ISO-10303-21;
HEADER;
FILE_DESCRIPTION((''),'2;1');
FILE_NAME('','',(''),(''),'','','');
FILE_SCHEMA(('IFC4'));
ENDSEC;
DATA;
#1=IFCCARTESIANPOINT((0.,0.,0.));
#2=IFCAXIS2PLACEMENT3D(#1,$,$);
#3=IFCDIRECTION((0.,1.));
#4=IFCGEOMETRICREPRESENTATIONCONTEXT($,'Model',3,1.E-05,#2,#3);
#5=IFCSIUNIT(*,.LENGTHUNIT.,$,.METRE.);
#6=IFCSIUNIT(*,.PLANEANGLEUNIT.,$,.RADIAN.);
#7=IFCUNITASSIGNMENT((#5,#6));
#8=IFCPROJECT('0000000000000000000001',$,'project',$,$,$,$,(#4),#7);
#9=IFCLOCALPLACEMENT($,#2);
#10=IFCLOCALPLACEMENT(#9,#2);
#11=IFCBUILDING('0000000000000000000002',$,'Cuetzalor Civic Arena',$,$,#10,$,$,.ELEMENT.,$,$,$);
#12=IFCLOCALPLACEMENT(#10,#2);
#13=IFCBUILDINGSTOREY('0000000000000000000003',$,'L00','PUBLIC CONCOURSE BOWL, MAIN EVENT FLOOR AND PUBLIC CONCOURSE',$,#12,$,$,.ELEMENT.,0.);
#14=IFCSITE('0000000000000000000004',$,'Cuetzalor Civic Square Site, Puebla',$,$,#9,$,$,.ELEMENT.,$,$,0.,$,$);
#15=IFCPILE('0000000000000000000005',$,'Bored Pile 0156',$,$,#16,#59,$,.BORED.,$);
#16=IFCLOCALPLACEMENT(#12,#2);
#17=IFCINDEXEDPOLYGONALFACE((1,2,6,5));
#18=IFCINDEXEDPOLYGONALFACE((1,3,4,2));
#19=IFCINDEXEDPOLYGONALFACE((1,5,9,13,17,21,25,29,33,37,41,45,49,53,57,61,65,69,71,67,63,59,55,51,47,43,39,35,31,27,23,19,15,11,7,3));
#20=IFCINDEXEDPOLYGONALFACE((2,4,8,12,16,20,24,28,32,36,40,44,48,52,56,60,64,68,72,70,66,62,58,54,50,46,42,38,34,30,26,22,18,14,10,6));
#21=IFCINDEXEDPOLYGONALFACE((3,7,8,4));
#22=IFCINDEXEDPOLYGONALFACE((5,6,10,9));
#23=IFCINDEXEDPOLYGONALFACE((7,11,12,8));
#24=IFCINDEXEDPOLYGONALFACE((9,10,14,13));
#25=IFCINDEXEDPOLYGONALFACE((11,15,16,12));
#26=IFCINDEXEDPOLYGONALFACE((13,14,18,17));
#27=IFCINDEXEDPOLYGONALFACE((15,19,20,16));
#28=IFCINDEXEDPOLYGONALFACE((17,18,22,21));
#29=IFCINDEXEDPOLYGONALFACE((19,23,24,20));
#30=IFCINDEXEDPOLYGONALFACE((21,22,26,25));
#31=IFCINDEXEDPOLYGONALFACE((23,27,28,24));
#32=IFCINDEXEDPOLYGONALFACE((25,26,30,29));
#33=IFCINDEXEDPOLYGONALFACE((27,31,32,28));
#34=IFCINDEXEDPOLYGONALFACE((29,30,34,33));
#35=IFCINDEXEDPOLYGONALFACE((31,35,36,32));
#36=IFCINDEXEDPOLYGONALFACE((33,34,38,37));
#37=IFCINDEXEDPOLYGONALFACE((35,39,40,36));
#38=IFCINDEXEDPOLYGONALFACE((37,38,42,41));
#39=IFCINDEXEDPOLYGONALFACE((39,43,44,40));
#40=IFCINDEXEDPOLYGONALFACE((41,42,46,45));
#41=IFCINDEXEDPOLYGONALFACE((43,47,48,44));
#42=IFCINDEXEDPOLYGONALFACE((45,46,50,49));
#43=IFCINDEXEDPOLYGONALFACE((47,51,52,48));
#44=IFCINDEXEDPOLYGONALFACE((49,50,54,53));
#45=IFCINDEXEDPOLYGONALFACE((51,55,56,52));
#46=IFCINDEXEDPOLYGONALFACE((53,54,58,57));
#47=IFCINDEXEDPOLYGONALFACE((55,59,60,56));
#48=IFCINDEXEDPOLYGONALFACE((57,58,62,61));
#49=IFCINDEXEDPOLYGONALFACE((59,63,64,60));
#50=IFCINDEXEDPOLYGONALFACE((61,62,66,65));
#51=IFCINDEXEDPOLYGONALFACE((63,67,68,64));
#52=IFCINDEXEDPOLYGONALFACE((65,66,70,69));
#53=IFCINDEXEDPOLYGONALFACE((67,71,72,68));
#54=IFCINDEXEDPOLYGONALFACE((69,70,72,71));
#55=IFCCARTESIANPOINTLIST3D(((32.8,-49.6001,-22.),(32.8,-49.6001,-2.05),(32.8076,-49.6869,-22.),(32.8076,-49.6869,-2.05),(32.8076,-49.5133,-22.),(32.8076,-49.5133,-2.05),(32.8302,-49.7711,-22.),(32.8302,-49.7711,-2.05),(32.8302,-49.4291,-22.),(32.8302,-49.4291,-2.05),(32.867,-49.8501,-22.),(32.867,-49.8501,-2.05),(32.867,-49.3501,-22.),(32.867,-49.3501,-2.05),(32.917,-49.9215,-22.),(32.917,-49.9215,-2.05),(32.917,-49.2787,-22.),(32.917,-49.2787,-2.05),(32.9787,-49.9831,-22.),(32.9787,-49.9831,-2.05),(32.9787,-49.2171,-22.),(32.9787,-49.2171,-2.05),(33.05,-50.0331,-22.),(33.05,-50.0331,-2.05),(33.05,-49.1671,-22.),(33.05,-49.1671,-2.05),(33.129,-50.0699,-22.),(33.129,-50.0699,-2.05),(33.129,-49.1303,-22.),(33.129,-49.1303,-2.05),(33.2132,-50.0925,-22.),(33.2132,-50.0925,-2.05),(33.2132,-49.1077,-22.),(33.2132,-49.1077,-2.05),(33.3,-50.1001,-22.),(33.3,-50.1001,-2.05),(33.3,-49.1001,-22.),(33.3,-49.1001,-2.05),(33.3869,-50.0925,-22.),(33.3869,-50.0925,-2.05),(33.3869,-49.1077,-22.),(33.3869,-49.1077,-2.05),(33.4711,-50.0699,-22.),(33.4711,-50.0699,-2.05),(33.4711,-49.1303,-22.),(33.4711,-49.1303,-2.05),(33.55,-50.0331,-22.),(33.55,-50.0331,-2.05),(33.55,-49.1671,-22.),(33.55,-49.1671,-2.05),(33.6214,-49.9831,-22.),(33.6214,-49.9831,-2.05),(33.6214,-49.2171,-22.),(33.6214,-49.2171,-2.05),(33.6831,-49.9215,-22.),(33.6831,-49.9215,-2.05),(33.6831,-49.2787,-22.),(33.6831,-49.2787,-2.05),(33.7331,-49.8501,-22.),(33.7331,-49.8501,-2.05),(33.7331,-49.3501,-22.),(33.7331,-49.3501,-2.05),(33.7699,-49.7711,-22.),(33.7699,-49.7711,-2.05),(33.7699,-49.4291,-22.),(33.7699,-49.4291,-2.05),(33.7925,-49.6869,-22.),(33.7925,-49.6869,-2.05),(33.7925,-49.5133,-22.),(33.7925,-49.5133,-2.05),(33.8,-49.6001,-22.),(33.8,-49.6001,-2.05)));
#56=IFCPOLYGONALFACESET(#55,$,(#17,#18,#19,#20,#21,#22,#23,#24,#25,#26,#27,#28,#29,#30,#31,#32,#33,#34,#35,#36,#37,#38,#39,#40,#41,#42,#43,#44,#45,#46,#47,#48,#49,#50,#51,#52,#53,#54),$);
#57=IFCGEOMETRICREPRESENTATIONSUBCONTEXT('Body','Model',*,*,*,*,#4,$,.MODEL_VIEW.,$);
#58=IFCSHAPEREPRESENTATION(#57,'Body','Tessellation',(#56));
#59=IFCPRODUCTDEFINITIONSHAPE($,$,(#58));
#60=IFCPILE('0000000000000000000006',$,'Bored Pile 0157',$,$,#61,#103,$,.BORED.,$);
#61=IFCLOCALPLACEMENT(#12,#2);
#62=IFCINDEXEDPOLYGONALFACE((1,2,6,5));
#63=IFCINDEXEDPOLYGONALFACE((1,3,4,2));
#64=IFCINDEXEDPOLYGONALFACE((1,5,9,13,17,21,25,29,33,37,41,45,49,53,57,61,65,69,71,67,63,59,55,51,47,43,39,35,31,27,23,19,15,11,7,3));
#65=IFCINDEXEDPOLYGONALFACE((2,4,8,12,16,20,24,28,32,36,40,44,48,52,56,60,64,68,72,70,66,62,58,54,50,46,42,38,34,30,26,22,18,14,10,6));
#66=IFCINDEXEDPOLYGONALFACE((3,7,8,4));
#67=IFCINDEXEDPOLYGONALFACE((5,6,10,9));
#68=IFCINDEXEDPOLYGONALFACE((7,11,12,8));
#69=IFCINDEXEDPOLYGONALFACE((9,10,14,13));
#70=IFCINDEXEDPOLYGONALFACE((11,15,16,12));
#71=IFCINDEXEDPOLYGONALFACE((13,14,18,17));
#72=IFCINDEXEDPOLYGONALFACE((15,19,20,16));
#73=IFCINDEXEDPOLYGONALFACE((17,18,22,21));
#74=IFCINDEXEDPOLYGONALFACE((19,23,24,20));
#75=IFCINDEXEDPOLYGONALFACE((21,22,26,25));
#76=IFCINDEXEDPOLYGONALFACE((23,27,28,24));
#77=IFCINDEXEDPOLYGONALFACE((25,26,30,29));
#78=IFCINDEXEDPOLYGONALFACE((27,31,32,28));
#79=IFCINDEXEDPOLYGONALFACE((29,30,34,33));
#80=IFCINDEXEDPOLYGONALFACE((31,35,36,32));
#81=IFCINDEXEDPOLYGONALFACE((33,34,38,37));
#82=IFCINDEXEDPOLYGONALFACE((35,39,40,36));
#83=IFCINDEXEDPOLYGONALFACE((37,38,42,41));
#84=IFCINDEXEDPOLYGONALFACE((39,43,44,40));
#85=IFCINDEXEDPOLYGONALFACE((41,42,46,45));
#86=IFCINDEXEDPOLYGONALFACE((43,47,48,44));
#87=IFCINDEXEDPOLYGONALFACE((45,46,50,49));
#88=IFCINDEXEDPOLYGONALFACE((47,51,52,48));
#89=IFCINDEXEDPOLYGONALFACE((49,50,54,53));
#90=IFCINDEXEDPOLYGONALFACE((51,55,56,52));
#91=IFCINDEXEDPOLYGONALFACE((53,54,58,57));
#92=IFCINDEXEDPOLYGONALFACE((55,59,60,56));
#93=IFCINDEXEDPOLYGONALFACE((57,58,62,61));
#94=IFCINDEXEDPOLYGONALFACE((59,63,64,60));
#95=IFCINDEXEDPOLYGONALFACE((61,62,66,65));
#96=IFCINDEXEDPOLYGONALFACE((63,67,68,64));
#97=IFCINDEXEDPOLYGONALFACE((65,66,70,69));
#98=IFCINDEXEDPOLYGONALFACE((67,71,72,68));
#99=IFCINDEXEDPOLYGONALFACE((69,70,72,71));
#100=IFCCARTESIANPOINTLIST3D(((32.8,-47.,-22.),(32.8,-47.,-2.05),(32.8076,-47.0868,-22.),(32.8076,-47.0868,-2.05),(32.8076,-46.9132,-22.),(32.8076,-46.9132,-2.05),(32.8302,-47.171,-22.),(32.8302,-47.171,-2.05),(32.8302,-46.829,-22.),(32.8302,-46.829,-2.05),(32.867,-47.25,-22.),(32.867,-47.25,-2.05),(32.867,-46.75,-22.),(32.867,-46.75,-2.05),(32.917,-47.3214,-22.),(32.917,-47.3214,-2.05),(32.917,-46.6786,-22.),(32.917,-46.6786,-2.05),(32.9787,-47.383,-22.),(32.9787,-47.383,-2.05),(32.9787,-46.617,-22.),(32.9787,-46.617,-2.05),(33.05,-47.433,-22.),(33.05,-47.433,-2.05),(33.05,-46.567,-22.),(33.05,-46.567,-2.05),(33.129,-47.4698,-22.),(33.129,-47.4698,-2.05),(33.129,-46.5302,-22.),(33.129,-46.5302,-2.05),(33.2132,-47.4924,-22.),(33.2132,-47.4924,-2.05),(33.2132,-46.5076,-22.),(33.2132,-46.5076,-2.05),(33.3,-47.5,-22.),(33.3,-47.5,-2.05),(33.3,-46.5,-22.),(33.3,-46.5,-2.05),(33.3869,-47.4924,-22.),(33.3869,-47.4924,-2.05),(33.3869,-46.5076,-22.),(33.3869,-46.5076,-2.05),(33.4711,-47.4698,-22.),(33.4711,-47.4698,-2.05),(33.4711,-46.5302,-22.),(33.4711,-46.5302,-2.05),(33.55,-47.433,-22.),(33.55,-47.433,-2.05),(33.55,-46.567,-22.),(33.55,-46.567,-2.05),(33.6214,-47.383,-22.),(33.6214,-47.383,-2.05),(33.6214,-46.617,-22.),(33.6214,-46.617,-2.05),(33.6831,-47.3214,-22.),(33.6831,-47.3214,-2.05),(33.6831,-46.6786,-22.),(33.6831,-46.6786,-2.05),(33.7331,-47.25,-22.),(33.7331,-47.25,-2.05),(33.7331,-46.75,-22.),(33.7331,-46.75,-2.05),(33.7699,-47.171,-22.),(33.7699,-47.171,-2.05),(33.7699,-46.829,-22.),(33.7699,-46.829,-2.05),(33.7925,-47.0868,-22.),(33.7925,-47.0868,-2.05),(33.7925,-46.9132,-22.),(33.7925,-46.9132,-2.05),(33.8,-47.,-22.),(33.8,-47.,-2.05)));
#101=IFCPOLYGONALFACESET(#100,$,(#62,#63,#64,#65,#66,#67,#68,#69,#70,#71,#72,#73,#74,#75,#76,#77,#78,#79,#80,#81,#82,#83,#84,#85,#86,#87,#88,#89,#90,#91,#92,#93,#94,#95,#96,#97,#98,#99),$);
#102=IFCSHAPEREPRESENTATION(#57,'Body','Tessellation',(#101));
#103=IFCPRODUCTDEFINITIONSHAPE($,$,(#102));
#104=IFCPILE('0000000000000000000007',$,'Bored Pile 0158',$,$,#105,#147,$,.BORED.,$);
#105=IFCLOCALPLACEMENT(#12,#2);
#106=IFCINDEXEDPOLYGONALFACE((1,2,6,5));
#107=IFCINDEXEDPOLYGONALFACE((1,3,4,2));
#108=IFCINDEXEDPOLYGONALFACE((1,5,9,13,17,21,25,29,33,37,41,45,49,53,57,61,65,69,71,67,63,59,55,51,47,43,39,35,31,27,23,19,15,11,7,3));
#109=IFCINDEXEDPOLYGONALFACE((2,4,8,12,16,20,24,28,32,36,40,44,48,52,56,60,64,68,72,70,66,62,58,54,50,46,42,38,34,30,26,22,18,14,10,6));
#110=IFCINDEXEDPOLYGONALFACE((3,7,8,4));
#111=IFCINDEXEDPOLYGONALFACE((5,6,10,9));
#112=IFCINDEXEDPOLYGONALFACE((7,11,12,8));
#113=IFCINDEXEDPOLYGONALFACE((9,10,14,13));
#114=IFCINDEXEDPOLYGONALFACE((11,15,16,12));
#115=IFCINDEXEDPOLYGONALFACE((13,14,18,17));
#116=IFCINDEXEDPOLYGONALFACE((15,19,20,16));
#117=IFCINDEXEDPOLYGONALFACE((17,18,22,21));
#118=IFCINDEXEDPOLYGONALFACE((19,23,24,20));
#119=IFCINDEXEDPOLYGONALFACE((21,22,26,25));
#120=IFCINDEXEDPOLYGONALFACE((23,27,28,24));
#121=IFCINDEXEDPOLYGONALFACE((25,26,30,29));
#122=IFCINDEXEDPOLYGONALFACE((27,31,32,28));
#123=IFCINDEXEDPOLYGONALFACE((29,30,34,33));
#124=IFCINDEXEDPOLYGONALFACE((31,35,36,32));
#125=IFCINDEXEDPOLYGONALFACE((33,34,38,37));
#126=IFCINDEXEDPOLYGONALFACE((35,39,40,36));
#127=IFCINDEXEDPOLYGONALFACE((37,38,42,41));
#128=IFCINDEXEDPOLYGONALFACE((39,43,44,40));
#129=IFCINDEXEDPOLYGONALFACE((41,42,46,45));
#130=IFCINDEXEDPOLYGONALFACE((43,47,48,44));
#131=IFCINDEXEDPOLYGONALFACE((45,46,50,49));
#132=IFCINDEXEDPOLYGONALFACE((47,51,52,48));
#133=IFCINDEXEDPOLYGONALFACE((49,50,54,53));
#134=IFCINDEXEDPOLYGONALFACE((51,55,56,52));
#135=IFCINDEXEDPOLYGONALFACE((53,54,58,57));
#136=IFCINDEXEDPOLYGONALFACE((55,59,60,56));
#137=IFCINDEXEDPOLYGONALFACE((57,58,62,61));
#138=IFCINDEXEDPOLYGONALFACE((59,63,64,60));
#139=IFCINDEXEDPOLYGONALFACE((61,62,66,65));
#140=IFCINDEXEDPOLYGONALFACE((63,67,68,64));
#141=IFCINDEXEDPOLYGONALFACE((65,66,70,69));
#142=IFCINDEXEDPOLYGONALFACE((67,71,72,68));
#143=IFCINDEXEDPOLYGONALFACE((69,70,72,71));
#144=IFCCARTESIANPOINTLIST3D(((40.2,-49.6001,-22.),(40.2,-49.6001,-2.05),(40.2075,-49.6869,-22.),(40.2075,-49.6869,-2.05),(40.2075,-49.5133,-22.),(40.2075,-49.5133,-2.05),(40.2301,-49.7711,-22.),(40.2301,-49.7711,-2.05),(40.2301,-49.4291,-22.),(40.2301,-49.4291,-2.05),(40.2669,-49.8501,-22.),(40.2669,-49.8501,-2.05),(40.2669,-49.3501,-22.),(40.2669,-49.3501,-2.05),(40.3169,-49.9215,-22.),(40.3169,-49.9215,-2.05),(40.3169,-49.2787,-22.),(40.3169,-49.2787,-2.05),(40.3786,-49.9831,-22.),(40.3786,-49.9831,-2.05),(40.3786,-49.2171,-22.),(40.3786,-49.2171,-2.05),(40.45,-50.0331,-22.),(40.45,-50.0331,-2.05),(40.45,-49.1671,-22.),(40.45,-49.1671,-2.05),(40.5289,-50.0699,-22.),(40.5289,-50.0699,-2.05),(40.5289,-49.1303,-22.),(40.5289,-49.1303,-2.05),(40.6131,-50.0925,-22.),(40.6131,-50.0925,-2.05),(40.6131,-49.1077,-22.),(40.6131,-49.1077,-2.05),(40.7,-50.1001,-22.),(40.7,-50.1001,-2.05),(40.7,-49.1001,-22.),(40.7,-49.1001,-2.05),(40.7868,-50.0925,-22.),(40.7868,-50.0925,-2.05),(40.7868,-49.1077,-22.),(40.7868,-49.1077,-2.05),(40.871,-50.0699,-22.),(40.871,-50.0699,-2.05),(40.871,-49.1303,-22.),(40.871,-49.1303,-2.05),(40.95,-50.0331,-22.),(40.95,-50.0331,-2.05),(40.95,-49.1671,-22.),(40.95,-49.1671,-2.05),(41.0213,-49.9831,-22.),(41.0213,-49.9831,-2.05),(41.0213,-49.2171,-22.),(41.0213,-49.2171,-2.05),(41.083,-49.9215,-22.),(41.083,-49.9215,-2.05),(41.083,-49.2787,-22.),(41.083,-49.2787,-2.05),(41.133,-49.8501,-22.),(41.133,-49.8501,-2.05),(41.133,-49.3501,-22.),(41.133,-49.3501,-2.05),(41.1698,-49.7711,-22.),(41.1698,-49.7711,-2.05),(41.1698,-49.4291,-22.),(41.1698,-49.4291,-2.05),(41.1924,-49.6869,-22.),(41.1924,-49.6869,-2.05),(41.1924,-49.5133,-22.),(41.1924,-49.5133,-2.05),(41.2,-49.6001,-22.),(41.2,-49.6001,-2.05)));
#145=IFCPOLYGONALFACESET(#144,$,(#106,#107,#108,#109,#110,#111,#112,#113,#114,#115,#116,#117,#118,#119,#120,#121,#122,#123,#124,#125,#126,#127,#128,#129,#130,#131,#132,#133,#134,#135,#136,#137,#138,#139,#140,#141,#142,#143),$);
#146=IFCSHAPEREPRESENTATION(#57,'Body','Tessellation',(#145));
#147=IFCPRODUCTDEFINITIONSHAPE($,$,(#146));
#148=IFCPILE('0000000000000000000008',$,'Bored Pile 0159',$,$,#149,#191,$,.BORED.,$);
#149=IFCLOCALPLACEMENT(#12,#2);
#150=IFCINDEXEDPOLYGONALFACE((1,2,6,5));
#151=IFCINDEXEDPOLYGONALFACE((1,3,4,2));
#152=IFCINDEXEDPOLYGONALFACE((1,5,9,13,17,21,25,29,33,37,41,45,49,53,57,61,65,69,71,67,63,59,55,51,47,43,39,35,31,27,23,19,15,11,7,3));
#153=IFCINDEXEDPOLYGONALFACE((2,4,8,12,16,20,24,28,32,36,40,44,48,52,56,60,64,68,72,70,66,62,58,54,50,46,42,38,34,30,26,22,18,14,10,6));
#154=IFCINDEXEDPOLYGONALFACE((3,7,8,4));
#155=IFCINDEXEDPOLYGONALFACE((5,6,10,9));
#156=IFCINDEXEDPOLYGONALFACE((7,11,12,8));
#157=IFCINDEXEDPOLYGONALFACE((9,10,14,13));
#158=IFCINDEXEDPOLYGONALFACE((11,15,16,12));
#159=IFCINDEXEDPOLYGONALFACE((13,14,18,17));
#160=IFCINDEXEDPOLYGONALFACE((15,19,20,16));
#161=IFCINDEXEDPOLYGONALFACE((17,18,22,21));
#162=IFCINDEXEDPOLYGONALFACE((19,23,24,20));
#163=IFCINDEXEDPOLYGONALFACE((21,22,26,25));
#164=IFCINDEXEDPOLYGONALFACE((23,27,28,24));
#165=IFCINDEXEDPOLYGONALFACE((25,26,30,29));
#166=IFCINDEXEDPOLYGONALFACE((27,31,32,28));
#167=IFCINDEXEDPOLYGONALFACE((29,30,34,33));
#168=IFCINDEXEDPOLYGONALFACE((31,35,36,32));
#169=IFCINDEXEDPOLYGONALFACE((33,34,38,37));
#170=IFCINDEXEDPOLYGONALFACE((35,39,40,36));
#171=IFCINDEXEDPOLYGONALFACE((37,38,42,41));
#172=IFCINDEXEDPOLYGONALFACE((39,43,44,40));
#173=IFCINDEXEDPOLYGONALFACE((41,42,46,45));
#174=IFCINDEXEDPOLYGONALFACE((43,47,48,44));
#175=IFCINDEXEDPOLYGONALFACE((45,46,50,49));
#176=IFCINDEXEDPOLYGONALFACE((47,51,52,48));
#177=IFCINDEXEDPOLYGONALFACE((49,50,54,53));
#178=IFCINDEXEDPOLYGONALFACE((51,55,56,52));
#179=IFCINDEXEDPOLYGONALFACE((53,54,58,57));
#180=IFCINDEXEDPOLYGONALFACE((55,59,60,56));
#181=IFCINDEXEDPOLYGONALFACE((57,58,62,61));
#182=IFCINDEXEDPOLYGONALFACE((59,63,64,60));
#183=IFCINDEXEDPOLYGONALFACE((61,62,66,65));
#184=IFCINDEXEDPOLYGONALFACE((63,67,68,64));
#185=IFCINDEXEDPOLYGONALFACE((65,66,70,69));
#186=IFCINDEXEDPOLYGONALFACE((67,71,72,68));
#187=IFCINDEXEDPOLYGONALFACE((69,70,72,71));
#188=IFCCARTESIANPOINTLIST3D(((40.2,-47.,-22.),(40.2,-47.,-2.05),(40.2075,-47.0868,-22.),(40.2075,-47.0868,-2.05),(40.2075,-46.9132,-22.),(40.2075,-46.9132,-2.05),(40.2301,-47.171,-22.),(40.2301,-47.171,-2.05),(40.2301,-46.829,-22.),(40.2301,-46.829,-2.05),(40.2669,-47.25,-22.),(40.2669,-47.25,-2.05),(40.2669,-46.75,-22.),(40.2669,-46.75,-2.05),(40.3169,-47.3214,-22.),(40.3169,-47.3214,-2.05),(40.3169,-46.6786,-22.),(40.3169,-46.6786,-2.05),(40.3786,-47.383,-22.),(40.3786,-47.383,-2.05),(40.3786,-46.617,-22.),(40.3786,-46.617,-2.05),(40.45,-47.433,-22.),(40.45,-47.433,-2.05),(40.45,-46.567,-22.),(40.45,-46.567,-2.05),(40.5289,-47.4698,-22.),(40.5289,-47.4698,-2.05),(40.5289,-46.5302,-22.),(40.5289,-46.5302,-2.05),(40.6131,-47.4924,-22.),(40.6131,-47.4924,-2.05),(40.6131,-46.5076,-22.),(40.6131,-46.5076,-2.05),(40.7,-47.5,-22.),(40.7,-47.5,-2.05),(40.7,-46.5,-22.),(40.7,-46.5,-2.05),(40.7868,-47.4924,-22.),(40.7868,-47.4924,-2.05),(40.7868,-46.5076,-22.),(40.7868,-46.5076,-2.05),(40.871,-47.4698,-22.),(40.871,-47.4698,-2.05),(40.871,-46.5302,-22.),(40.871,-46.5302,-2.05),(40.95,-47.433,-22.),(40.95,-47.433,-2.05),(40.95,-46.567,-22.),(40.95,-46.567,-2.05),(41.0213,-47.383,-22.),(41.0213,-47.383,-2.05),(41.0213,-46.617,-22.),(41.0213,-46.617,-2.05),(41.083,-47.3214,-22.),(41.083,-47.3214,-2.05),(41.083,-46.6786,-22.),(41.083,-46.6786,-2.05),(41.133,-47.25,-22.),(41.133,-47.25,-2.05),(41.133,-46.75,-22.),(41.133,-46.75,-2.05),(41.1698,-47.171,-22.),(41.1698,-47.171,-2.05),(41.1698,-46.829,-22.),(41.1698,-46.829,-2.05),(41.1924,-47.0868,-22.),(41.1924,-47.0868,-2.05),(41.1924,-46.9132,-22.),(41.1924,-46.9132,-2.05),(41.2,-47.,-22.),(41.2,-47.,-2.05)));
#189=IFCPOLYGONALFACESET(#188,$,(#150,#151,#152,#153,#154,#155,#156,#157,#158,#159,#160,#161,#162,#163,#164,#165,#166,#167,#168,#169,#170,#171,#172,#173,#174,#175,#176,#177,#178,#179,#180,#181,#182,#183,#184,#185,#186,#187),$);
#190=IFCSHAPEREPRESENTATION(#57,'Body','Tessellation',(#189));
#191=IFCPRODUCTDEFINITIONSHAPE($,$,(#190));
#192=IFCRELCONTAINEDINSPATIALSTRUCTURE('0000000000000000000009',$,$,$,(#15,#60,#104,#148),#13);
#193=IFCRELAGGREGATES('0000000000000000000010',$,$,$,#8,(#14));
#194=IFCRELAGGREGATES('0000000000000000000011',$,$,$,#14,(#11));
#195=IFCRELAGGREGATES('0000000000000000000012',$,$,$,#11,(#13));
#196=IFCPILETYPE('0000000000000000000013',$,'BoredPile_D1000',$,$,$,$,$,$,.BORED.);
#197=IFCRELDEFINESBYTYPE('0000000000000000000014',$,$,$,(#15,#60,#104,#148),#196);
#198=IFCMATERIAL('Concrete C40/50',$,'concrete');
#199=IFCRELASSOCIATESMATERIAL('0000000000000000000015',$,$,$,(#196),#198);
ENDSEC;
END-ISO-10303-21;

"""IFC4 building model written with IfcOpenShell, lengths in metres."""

from ifc_helpers import new_model, si_unit, direction, frame, origin, origin_2d, place, context, subcontext, project, spatial, circle, extrude, material, material_profile, profile_set, type_object, element, save


model = new_model("IFC4")

# Units and contexts
model_context = context("Model", 3, precision=1e-05, world=origin(), true_north=direction((0.0, 1.0)))
body_context = subcontext(model_context, "Body", "Model", "MODEL_VIEW")
ifc_project = project(units=[si_unit("LENGTHUNIT", "METRE"), si_unit("PLANEANGLEUNIT", "RADIAN")], contexts=[model_context])

# Site, building, storey
site_placement = place(None, origin())
site = spatial("IfcSite", under=ifc_project, at=site_placement, Name="Cuetzalor Civic Square Site, Puebla", CompositionType="ELEMENT", RefElevation=0.0)
building_placement = place(site_placement, origin())
building = spatial("IfcBuilding", under=site, at=building_placement, Name="Cuetzalor Civic Arena", CompositionType="ELEMENT")
storey_placement = place(building_placement, origin())
storey = spatial("IfcBuildingStorey", under=building, at=storey_placement, Name="L00", Description="PUBLIC CONCOURSE BOWL, MAIN EVENT FLOOR AND PUBLIC CONCOURSE", CompositionType="ELEMENT", Elevation=0.0)

# Piles
ifc_material_1 = material(Name="Concrete C40/50", Category="concrete")
ifc_material_profile_1 = material_profile(ifc_material_1, circle(Radius=0.5, at=origin_2d()), Name="BORED PILE D1000")
ifc_profile_set_1 = profile_set([ifc_material_profile_1], Name="Concrete C40/50")
pile_type_1 = type_object("IfcPileType", Name="BoredPile_D1000", PredefinedType="BORED", material=ifc_profile_set_1)
for number, where, z_axis, x_axis, name in (
    (1, (33.3, -49.6001, -2.05), (0.0, 0.0, -1.0), (1.0, 0.0, 0.0), "Bored Pile 0156"),
    (2, (33.3, -47.0, -2.05), (0.0, 0.0, -1.0), (1.0, 0.0, 0.0), "Bored Pile 0157"),
    (3, (40.7, -49.6001, -2.05), (0.0, 0.0, -1.0), (1.0, 0.0, 0.0), "Bored Pile 0158"),
    (4, (40.7, -47.0, -2.05), (0.0, 0.0, -1.0), (1.0, 0.0, 0.0), "Bored Pile 0159"),
):
    element("IfcPile", number, at=place(storey_placement, frame(where, z_axis=z_axis, x_axis=x_axis)), inside=storey, type_object=pile_type_1, Name=name, PredefinedType="BORED", context=body_context, shape_type="SweptSolid", body=[
        extrude(circle(Radius=0.5, at=origin_2d()), origin(), (0.0, 0.0, 1.0), 19.95),
    ])

save(model, "model.ifc")
